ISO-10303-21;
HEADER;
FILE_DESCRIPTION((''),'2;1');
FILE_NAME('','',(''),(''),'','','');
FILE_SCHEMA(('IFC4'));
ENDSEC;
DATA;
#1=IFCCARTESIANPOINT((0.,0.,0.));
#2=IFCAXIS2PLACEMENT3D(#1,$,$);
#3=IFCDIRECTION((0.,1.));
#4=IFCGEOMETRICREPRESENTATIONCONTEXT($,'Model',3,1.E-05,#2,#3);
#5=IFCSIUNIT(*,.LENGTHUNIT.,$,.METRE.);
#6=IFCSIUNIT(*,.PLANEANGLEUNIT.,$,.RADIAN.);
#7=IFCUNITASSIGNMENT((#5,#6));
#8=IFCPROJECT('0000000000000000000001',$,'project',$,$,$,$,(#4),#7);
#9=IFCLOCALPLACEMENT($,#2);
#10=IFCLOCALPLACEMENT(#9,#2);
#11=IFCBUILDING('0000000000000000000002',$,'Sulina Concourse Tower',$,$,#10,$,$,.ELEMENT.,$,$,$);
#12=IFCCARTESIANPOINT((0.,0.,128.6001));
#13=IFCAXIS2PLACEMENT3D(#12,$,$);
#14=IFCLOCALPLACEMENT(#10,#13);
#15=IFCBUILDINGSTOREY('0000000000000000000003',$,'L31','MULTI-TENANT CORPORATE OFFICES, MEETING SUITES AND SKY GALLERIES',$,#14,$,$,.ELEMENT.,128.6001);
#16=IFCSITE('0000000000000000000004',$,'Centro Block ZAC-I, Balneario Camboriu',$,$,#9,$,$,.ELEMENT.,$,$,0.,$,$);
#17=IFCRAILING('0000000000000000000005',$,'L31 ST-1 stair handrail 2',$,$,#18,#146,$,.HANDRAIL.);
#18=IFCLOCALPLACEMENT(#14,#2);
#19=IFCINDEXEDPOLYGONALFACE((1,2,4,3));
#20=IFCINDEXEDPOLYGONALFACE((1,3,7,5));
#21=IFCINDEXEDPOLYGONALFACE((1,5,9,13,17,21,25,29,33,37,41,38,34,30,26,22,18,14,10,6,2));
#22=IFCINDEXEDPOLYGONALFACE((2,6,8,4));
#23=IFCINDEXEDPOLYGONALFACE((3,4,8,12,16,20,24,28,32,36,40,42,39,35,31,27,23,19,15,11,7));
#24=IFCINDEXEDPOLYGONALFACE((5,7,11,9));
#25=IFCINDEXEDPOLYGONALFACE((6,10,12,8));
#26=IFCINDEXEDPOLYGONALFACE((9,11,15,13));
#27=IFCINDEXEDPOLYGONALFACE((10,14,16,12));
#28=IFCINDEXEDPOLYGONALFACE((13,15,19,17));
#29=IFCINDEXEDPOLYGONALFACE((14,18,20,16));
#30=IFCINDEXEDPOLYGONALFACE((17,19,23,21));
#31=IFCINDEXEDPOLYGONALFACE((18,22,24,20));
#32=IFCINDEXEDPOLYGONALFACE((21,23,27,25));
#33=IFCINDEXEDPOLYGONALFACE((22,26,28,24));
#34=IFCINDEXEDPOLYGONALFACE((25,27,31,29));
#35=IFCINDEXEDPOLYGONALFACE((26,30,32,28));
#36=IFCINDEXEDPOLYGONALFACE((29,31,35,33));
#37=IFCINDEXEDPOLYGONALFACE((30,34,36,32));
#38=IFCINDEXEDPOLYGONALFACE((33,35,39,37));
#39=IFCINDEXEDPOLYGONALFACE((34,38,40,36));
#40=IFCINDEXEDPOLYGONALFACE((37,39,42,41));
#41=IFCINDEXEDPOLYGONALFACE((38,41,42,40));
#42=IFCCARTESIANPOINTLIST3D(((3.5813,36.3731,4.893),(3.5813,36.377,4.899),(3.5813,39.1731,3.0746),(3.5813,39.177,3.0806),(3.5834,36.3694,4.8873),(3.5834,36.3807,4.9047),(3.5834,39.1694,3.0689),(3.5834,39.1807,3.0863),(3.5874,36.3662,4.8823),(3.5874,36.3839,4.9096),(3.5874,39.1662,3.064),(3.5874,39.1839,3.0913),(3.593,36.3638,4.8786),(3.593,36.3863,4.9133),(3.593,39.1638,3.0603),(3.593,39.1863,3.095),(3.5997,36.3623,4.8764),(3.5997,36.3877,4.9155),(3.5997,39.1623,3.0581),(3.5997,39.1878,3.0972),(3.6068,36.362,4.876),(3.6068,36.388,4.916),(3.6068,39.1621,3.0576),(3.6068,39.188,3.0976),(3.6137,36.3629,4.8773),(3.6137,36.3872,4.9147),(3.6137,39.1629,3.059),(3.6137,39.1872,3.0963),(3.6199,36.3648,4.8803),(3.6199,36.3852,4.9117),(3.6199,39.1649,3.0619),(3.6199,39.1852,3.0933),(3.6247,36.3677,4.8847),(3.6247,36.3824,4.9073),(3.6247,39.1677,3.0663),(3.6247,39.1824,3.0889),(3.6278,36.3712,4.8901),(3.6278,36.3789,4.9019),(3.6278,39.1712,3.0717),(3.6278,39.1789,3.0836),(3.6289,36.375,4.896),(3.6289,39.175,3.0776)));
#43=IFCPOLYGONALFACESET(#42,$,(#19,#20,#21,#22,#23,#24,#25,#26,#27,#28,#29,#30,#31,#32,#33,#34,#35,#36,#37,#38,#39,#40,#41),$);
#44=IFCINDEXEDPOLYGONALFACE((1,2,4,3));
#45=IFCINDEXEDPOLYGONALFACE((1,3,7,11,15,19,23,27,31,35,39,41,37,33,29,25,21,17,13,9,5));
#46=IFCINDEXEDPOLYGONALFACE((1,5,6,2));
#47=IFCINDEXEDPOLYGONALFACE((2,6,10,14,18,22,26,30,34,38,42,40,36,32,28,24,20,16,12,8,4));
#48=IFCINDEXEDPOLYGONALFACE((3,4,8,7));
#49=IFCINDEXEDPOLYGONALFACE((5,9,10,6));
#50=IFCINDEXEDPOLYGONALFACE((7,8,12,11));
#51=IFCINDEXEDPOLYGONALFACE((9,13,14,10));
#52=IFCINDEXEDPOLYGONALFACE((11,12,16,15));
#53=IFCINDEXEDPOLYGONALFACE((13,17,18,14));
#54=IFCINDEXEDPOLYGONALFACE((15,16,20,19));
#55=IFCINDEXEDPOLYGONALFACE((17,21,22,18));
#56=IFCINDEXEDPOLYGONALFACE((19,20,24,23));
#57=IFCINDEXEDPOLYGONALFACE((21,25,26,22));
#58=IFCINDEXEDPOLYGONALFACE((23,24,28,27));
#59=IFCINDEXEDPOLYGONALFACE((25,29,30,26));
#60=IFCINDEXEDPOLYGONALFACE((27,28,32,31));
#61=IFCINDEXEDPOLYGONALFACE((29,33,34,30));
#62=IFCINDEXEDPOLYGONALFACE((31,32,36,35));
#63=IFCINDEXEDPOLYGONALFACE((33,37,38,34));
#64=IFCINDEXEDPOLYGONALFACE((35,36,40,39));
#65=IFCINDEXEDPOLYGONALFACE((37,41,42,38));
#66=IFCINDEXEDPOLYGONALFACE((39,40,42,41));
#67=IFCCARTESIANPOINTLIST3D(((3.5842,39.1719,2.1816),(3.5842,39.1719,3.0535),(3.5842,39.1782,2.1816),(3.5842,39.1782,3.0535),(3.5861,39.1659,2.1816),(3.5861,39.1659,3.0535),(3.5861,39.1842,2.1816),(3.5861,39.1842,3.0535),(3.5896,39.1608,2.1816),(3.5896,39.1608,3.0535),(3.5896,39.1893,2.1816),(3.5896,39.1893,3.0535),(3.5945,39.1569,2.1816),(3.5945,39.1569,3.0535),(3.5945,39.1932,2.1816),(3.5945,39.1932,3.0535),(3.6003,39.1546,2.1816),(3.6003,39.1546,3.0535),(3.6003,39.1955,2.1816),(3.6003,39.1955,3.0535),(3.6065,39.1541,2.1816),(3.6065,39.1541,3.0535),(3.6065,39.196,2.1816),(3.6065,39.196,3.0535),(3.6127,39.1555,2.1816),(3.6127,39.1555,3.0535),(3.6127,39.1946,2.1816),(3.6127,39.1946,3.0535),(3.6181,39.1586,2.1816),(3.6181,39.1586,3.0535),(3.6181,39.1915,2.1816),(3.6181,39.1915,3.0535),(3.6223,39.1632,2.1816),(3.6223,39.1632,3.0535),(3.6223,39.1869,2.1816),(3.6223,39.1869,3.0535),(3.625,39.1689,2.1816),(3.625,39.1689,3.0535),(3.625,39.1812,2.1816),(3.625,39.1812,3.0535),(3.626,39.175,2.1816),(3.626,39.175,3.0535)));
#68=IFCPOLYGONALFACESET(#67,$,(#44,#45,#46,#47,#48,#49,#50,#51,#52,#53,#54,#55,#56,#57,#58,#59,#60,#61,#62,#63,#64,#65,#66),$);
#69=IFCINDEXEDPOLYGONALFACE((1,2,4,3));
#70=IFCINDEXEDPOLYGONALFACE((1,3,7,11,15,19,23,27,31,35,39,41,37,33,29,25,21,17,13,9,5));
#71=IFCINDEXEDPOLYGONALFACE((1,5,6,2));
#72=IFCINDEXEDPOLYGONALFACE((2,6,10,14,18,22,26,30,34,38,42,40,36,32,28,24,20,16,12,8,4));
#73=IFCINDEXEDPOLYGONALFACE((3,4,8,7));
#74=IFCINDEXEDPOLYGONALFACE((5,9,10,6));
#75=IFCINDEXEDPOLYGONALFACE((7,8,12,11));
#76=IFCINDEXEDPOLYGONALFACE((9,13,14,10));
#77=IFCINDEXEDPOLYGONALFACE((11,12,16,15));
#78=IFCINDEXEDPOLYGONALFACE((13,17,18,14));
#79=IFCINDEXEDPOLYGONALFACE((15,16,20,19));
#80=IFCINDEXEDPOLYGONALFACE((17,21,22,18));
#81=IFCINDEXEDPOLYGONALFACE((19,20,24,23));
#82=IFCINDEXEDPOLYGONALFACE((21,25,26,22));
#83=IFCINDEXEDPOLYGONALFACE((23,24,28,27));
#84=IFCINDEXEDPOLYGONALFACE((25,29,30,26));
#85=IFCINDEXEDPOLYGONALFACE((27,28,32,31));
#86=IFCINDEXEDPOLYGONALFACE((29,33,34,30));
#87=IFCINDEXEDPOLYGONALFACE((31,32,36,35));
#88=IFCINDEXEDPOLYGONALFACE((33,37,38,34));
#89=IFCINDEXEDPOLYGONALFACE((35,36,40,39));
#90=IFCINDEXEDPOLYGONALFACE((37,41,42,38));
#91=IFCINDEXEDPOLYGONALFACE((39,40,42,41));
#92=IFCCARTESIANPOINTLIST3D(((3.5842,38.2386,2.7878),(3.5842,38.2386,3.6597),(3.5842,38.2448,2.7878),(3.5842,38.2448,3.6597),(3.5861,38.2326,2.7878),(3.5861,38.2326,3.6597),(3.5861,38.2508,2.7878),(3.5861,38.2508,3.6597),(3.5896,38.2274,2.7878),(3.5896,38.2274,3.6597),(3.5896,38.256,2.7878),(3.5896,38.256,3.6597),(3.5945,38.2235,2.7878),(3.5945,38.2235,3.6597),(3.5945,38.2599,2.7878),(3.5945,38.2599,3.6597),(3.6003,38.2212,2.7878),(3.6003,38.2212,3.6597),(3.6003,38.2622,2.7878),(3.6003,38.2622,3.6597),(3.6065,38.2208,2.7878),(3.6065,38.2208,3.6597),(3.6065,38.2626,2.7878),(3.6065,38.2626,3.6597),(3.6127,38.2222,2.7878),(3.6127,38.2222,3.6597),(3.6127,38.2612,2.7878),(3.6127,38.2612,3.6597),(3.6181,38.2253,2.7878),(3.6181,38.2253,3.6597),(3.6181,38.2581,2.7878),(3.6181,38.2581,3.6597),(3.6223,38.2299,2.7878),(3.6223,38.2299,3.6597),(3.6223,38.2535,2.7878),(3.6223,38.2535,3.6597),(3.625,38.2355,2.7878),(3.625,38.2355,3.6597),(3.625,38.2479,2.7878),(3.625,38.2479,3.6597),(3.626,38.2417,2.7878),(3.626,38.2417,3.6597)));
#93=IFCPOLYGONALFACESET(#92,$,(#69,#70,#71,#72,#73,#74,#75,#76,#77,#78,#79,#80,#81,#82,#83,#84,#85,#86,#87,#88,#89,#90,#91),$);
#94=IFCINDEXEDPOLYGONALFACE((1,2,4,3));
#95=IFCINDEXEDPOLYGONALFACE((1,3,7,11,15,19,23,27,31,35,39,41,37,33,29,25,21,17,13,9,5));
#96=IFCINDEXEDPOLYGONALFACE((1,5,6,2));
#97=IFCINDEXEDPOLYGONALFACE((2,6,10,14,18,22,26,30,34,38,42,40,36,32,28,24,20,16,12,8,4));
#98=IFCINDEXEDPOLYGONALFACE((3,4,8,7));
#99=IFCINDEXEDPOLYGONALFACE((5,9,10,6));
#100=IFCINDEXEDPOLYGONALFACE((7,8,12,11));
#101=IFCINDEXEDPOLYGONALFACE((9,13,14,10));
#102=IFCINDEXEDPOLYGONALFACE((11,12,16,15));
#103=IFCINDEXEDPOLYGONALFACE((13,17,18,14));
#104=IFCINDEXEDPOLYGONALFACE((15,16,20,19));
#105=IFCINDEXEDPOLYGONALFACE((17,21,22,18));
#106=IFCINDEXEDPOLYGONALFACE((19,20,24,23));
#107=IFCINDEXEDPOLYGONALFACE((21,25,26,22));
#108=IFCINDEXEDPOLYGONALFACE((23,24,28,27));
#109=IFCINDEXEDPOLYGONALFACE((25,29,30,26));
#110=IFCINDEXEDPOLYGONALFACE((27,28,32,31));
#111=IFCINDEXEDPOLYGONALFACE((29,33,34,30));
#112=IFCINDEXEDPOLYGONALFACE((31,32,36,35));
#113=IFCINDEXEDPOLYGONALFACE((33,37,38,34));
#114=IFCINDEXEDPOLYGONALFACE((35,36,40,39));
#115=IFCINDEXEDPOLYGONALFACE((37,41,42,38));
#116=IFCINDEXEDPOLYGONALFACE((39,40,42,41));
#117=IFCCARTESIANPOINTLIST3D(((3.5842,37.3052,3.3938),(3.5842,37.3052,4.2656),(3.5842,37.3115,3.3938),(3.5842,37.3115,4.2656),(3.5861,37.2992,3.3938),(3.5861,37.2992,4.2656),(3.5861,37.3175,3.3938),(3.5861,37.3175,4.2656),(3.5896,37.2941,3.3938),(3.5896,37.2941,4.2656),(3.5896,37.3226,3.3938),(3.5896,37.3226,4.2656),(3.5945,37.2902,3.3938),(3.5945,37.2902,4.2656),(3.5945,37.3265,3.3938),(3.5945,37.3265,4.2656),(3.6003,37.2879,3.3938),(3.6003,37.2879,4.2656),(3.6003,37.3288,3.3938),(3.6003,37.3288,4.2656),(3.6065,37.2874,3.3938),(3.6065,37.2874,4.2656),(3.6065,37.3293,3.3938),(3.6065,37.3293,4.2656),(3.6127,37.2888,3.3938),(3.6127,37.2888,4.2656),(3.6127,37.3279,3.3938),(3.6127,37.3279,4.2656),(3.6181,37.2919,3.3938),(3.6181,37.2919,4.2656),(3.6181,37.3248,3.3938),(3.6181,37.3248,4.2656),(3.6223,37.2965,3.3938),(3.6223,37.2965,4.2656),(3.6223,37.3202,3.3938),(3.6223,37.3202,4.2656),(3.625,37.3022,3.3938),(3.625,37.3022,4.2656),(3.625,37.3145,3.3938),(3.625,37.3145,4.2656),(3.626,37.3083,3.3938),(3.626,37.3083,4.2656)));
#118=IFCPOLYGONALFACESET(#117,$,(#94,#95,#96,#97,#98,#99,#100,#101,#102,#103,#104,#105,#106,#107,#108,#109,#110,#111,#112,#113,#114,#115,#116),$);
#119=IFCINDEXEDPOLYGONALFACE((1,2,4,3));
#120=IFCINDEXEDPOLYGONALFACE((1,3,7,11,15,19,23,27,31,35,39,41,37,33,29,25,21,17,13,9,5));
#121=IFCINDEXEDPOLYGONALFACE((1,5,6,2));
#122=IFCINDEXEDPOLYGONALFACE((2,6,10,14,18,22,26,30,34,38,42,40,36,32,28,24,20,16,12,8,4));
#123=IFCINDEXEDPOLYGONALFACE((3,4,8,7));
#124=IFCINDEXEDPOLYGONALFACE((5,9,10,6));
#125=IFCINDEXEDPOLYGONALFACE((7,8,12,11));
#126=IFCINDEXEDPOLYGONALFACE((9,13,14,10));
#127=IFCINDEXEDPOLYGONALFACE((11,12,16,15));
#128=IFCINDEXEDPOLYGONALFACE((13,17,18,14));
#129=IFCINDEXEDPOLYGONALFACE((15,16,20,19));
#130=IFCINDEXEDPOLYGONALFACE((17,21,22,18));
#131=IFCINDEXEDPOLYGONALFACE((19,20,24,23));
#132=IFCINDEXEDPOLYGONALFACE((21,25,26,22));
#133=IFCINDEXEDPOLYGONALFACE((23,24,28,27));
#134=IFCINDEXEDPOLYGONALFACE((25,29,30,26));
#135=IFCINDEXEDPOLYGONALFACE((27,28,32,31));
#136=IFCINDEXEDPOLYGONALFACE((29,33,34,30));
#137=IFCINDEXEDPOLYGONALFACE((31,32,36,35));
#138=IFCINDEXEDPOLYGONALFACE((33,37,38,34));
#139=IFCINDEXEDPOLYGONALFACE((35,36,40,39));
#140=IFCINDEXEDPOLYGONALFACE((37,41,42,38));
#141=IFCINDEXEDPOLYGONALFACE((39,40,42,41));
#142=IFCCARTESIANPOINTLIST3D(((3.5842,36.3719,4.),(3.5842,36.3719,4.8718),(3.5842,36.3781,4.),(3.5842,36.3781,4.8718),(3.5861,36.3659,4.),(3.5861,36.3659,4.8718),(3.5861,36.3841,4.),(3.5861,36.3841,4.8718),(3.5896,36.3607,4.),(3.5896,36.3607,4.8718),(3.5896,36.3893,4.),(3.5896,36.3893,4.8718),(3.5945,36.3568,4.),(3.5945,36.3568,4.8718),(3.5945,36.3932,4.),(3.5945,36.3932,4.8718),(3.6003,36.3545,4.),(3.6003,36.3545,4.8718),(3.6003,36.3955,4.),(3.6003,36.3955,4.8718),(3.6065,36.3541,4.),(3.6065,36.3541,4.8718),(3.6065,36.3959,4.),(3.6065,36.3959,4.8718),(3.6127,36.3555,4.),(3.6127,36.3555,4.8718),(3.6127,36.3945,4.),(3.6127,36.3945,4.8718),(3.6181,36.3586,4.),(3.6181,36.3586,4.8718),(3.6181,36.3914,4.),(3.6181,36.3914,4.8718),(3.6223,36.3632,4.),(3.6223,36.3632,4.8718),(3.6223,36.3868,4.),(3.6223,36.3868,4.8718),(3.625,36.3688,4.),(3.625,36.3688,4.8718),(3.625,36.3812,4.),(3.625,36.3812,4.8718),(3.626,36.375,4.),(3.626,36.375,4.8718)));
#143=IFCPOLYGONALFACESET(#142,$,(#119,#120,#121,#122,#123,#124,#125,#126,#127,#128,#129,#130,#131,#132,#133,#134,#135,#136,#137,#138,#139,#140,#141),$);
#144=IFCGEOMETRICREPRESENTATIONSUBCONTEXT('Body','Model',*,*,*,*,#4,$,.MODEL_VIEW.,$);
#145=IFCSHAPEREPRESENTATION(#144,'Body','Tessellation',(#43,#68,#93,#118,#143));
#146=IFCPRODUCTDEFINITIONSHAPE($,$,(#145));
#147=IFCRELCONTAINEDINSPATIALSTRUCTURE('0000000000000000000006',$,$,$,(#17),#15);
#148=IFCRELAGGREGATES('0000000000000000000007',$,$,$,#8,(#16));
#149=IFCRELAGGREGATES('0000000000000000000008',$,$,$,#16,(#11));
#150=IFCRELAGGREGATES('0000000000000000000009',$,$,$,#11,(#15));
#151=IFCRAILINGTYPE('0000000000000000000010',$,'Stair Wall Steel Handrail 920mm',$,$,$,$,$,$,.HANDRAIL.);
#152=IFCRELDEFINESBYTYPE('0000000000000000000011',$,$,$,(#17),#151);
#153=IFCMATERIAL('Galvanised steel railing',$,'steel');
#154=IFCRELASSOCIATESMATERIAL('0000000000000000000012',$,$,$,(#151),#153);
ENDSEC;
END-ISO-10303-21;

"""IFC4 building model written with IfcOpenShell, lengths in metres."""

from ifc_helpers import new_model, si_unit, direction, frame, origin, origin_2d, place, context, subcontext, project, spatial, circle, extrude, material, type_object, element, save


model = new_model("IFC4")

# Units and contexts
model_context = context("Model", 3, precision=1e-05, world=origin(), true_north=direction((0.0, 1.0)))
body_context = subcontext(model_context, "Body", "Model", "MODEL_VIEW")
ifc_project = project(units=[si_unit("LENGTHUNIT", "METRE"), si_unit("PLANEANGLEUNIT", "RADIAN")], contexts=[model_context])

# Site, building, storey
site_placement = place(None, origin())
site = spatial("IfcSite", under=ifc_project, at=site_placement, Name="Centro Block ZAC-I, Balneario Camboriu", CompositionType="ELEMENT", RefElevation=0.0)
building_placement = place(site_placement, origin())
building = spatial("IfcBuilding", under=site, at=building_placement, Name="Sulina Concourse Tower", CompositionType="ELEMENT")
storey_placement = place(building_placement, frame((0.0, 0.0, 128.6001)))
storey = spatial("IfcBuildingStorey", under=building, at=storey_placement, Name="L31", Description="MULTI-TENANT CORPORATE OFFICES, MEETING SUITES AND SKY GALLERIES", CompositionType="ELEMENT", Elevation=128.6001)

# Railing
ifc_material_1 = material(Name="Galvanised steel railing", Category="steel")
railing_type_1 = type_object("IfcRailingType", Name="Stair Wall Steel Handrail 920mm", PredefinedType="HANDRAIL", material=ifc_material_1)
railing_1_placement = place(storey_placement, frame((3.605, 39.175, 2.1816)))
element("IfcRailing", 1, at=railing_1_placement, inside=storey, type_object=railing_type_1, Name="L31 ST-1 stair handrail 2", PredefinedType="HANDRAIL", context=body_context, shape_type="SweptSolid", body=[
    extrude(circle(Radius=0.0239, at=origin_2d()), frame((0.0, 0.0, 0.896), z_axis=(0.0, -0.838672, 0.544636), x_axis=(1.0, 0.0, 0.0)), (0.0, 0.0, 1.0), 3.3386),
    extrude(circle(Radius=0.021, at=origin_2d()), origin(), (0.0, 0.0, 1.0), 0.8718),
    extrude(circle(Radius=0.021, at=origin_2d()), frame((0.0, -0.9333, 0.6062)), (0.0, 0.0, 1.0), 0.8718),
    extrude(circle(Radius=0.021, at=origin_2d()), frame((0.0, -1.8667, 1.2122)), (0.0, 0.0, 1.0), 0.8718),
    extrude(circle(Radius=0.021, at=origin_2d()), frame((0.0, -2.8, 1.8184)), (0.0, 0.0, 1.0), 0.8718),
])

save(model, "model.ifc")
